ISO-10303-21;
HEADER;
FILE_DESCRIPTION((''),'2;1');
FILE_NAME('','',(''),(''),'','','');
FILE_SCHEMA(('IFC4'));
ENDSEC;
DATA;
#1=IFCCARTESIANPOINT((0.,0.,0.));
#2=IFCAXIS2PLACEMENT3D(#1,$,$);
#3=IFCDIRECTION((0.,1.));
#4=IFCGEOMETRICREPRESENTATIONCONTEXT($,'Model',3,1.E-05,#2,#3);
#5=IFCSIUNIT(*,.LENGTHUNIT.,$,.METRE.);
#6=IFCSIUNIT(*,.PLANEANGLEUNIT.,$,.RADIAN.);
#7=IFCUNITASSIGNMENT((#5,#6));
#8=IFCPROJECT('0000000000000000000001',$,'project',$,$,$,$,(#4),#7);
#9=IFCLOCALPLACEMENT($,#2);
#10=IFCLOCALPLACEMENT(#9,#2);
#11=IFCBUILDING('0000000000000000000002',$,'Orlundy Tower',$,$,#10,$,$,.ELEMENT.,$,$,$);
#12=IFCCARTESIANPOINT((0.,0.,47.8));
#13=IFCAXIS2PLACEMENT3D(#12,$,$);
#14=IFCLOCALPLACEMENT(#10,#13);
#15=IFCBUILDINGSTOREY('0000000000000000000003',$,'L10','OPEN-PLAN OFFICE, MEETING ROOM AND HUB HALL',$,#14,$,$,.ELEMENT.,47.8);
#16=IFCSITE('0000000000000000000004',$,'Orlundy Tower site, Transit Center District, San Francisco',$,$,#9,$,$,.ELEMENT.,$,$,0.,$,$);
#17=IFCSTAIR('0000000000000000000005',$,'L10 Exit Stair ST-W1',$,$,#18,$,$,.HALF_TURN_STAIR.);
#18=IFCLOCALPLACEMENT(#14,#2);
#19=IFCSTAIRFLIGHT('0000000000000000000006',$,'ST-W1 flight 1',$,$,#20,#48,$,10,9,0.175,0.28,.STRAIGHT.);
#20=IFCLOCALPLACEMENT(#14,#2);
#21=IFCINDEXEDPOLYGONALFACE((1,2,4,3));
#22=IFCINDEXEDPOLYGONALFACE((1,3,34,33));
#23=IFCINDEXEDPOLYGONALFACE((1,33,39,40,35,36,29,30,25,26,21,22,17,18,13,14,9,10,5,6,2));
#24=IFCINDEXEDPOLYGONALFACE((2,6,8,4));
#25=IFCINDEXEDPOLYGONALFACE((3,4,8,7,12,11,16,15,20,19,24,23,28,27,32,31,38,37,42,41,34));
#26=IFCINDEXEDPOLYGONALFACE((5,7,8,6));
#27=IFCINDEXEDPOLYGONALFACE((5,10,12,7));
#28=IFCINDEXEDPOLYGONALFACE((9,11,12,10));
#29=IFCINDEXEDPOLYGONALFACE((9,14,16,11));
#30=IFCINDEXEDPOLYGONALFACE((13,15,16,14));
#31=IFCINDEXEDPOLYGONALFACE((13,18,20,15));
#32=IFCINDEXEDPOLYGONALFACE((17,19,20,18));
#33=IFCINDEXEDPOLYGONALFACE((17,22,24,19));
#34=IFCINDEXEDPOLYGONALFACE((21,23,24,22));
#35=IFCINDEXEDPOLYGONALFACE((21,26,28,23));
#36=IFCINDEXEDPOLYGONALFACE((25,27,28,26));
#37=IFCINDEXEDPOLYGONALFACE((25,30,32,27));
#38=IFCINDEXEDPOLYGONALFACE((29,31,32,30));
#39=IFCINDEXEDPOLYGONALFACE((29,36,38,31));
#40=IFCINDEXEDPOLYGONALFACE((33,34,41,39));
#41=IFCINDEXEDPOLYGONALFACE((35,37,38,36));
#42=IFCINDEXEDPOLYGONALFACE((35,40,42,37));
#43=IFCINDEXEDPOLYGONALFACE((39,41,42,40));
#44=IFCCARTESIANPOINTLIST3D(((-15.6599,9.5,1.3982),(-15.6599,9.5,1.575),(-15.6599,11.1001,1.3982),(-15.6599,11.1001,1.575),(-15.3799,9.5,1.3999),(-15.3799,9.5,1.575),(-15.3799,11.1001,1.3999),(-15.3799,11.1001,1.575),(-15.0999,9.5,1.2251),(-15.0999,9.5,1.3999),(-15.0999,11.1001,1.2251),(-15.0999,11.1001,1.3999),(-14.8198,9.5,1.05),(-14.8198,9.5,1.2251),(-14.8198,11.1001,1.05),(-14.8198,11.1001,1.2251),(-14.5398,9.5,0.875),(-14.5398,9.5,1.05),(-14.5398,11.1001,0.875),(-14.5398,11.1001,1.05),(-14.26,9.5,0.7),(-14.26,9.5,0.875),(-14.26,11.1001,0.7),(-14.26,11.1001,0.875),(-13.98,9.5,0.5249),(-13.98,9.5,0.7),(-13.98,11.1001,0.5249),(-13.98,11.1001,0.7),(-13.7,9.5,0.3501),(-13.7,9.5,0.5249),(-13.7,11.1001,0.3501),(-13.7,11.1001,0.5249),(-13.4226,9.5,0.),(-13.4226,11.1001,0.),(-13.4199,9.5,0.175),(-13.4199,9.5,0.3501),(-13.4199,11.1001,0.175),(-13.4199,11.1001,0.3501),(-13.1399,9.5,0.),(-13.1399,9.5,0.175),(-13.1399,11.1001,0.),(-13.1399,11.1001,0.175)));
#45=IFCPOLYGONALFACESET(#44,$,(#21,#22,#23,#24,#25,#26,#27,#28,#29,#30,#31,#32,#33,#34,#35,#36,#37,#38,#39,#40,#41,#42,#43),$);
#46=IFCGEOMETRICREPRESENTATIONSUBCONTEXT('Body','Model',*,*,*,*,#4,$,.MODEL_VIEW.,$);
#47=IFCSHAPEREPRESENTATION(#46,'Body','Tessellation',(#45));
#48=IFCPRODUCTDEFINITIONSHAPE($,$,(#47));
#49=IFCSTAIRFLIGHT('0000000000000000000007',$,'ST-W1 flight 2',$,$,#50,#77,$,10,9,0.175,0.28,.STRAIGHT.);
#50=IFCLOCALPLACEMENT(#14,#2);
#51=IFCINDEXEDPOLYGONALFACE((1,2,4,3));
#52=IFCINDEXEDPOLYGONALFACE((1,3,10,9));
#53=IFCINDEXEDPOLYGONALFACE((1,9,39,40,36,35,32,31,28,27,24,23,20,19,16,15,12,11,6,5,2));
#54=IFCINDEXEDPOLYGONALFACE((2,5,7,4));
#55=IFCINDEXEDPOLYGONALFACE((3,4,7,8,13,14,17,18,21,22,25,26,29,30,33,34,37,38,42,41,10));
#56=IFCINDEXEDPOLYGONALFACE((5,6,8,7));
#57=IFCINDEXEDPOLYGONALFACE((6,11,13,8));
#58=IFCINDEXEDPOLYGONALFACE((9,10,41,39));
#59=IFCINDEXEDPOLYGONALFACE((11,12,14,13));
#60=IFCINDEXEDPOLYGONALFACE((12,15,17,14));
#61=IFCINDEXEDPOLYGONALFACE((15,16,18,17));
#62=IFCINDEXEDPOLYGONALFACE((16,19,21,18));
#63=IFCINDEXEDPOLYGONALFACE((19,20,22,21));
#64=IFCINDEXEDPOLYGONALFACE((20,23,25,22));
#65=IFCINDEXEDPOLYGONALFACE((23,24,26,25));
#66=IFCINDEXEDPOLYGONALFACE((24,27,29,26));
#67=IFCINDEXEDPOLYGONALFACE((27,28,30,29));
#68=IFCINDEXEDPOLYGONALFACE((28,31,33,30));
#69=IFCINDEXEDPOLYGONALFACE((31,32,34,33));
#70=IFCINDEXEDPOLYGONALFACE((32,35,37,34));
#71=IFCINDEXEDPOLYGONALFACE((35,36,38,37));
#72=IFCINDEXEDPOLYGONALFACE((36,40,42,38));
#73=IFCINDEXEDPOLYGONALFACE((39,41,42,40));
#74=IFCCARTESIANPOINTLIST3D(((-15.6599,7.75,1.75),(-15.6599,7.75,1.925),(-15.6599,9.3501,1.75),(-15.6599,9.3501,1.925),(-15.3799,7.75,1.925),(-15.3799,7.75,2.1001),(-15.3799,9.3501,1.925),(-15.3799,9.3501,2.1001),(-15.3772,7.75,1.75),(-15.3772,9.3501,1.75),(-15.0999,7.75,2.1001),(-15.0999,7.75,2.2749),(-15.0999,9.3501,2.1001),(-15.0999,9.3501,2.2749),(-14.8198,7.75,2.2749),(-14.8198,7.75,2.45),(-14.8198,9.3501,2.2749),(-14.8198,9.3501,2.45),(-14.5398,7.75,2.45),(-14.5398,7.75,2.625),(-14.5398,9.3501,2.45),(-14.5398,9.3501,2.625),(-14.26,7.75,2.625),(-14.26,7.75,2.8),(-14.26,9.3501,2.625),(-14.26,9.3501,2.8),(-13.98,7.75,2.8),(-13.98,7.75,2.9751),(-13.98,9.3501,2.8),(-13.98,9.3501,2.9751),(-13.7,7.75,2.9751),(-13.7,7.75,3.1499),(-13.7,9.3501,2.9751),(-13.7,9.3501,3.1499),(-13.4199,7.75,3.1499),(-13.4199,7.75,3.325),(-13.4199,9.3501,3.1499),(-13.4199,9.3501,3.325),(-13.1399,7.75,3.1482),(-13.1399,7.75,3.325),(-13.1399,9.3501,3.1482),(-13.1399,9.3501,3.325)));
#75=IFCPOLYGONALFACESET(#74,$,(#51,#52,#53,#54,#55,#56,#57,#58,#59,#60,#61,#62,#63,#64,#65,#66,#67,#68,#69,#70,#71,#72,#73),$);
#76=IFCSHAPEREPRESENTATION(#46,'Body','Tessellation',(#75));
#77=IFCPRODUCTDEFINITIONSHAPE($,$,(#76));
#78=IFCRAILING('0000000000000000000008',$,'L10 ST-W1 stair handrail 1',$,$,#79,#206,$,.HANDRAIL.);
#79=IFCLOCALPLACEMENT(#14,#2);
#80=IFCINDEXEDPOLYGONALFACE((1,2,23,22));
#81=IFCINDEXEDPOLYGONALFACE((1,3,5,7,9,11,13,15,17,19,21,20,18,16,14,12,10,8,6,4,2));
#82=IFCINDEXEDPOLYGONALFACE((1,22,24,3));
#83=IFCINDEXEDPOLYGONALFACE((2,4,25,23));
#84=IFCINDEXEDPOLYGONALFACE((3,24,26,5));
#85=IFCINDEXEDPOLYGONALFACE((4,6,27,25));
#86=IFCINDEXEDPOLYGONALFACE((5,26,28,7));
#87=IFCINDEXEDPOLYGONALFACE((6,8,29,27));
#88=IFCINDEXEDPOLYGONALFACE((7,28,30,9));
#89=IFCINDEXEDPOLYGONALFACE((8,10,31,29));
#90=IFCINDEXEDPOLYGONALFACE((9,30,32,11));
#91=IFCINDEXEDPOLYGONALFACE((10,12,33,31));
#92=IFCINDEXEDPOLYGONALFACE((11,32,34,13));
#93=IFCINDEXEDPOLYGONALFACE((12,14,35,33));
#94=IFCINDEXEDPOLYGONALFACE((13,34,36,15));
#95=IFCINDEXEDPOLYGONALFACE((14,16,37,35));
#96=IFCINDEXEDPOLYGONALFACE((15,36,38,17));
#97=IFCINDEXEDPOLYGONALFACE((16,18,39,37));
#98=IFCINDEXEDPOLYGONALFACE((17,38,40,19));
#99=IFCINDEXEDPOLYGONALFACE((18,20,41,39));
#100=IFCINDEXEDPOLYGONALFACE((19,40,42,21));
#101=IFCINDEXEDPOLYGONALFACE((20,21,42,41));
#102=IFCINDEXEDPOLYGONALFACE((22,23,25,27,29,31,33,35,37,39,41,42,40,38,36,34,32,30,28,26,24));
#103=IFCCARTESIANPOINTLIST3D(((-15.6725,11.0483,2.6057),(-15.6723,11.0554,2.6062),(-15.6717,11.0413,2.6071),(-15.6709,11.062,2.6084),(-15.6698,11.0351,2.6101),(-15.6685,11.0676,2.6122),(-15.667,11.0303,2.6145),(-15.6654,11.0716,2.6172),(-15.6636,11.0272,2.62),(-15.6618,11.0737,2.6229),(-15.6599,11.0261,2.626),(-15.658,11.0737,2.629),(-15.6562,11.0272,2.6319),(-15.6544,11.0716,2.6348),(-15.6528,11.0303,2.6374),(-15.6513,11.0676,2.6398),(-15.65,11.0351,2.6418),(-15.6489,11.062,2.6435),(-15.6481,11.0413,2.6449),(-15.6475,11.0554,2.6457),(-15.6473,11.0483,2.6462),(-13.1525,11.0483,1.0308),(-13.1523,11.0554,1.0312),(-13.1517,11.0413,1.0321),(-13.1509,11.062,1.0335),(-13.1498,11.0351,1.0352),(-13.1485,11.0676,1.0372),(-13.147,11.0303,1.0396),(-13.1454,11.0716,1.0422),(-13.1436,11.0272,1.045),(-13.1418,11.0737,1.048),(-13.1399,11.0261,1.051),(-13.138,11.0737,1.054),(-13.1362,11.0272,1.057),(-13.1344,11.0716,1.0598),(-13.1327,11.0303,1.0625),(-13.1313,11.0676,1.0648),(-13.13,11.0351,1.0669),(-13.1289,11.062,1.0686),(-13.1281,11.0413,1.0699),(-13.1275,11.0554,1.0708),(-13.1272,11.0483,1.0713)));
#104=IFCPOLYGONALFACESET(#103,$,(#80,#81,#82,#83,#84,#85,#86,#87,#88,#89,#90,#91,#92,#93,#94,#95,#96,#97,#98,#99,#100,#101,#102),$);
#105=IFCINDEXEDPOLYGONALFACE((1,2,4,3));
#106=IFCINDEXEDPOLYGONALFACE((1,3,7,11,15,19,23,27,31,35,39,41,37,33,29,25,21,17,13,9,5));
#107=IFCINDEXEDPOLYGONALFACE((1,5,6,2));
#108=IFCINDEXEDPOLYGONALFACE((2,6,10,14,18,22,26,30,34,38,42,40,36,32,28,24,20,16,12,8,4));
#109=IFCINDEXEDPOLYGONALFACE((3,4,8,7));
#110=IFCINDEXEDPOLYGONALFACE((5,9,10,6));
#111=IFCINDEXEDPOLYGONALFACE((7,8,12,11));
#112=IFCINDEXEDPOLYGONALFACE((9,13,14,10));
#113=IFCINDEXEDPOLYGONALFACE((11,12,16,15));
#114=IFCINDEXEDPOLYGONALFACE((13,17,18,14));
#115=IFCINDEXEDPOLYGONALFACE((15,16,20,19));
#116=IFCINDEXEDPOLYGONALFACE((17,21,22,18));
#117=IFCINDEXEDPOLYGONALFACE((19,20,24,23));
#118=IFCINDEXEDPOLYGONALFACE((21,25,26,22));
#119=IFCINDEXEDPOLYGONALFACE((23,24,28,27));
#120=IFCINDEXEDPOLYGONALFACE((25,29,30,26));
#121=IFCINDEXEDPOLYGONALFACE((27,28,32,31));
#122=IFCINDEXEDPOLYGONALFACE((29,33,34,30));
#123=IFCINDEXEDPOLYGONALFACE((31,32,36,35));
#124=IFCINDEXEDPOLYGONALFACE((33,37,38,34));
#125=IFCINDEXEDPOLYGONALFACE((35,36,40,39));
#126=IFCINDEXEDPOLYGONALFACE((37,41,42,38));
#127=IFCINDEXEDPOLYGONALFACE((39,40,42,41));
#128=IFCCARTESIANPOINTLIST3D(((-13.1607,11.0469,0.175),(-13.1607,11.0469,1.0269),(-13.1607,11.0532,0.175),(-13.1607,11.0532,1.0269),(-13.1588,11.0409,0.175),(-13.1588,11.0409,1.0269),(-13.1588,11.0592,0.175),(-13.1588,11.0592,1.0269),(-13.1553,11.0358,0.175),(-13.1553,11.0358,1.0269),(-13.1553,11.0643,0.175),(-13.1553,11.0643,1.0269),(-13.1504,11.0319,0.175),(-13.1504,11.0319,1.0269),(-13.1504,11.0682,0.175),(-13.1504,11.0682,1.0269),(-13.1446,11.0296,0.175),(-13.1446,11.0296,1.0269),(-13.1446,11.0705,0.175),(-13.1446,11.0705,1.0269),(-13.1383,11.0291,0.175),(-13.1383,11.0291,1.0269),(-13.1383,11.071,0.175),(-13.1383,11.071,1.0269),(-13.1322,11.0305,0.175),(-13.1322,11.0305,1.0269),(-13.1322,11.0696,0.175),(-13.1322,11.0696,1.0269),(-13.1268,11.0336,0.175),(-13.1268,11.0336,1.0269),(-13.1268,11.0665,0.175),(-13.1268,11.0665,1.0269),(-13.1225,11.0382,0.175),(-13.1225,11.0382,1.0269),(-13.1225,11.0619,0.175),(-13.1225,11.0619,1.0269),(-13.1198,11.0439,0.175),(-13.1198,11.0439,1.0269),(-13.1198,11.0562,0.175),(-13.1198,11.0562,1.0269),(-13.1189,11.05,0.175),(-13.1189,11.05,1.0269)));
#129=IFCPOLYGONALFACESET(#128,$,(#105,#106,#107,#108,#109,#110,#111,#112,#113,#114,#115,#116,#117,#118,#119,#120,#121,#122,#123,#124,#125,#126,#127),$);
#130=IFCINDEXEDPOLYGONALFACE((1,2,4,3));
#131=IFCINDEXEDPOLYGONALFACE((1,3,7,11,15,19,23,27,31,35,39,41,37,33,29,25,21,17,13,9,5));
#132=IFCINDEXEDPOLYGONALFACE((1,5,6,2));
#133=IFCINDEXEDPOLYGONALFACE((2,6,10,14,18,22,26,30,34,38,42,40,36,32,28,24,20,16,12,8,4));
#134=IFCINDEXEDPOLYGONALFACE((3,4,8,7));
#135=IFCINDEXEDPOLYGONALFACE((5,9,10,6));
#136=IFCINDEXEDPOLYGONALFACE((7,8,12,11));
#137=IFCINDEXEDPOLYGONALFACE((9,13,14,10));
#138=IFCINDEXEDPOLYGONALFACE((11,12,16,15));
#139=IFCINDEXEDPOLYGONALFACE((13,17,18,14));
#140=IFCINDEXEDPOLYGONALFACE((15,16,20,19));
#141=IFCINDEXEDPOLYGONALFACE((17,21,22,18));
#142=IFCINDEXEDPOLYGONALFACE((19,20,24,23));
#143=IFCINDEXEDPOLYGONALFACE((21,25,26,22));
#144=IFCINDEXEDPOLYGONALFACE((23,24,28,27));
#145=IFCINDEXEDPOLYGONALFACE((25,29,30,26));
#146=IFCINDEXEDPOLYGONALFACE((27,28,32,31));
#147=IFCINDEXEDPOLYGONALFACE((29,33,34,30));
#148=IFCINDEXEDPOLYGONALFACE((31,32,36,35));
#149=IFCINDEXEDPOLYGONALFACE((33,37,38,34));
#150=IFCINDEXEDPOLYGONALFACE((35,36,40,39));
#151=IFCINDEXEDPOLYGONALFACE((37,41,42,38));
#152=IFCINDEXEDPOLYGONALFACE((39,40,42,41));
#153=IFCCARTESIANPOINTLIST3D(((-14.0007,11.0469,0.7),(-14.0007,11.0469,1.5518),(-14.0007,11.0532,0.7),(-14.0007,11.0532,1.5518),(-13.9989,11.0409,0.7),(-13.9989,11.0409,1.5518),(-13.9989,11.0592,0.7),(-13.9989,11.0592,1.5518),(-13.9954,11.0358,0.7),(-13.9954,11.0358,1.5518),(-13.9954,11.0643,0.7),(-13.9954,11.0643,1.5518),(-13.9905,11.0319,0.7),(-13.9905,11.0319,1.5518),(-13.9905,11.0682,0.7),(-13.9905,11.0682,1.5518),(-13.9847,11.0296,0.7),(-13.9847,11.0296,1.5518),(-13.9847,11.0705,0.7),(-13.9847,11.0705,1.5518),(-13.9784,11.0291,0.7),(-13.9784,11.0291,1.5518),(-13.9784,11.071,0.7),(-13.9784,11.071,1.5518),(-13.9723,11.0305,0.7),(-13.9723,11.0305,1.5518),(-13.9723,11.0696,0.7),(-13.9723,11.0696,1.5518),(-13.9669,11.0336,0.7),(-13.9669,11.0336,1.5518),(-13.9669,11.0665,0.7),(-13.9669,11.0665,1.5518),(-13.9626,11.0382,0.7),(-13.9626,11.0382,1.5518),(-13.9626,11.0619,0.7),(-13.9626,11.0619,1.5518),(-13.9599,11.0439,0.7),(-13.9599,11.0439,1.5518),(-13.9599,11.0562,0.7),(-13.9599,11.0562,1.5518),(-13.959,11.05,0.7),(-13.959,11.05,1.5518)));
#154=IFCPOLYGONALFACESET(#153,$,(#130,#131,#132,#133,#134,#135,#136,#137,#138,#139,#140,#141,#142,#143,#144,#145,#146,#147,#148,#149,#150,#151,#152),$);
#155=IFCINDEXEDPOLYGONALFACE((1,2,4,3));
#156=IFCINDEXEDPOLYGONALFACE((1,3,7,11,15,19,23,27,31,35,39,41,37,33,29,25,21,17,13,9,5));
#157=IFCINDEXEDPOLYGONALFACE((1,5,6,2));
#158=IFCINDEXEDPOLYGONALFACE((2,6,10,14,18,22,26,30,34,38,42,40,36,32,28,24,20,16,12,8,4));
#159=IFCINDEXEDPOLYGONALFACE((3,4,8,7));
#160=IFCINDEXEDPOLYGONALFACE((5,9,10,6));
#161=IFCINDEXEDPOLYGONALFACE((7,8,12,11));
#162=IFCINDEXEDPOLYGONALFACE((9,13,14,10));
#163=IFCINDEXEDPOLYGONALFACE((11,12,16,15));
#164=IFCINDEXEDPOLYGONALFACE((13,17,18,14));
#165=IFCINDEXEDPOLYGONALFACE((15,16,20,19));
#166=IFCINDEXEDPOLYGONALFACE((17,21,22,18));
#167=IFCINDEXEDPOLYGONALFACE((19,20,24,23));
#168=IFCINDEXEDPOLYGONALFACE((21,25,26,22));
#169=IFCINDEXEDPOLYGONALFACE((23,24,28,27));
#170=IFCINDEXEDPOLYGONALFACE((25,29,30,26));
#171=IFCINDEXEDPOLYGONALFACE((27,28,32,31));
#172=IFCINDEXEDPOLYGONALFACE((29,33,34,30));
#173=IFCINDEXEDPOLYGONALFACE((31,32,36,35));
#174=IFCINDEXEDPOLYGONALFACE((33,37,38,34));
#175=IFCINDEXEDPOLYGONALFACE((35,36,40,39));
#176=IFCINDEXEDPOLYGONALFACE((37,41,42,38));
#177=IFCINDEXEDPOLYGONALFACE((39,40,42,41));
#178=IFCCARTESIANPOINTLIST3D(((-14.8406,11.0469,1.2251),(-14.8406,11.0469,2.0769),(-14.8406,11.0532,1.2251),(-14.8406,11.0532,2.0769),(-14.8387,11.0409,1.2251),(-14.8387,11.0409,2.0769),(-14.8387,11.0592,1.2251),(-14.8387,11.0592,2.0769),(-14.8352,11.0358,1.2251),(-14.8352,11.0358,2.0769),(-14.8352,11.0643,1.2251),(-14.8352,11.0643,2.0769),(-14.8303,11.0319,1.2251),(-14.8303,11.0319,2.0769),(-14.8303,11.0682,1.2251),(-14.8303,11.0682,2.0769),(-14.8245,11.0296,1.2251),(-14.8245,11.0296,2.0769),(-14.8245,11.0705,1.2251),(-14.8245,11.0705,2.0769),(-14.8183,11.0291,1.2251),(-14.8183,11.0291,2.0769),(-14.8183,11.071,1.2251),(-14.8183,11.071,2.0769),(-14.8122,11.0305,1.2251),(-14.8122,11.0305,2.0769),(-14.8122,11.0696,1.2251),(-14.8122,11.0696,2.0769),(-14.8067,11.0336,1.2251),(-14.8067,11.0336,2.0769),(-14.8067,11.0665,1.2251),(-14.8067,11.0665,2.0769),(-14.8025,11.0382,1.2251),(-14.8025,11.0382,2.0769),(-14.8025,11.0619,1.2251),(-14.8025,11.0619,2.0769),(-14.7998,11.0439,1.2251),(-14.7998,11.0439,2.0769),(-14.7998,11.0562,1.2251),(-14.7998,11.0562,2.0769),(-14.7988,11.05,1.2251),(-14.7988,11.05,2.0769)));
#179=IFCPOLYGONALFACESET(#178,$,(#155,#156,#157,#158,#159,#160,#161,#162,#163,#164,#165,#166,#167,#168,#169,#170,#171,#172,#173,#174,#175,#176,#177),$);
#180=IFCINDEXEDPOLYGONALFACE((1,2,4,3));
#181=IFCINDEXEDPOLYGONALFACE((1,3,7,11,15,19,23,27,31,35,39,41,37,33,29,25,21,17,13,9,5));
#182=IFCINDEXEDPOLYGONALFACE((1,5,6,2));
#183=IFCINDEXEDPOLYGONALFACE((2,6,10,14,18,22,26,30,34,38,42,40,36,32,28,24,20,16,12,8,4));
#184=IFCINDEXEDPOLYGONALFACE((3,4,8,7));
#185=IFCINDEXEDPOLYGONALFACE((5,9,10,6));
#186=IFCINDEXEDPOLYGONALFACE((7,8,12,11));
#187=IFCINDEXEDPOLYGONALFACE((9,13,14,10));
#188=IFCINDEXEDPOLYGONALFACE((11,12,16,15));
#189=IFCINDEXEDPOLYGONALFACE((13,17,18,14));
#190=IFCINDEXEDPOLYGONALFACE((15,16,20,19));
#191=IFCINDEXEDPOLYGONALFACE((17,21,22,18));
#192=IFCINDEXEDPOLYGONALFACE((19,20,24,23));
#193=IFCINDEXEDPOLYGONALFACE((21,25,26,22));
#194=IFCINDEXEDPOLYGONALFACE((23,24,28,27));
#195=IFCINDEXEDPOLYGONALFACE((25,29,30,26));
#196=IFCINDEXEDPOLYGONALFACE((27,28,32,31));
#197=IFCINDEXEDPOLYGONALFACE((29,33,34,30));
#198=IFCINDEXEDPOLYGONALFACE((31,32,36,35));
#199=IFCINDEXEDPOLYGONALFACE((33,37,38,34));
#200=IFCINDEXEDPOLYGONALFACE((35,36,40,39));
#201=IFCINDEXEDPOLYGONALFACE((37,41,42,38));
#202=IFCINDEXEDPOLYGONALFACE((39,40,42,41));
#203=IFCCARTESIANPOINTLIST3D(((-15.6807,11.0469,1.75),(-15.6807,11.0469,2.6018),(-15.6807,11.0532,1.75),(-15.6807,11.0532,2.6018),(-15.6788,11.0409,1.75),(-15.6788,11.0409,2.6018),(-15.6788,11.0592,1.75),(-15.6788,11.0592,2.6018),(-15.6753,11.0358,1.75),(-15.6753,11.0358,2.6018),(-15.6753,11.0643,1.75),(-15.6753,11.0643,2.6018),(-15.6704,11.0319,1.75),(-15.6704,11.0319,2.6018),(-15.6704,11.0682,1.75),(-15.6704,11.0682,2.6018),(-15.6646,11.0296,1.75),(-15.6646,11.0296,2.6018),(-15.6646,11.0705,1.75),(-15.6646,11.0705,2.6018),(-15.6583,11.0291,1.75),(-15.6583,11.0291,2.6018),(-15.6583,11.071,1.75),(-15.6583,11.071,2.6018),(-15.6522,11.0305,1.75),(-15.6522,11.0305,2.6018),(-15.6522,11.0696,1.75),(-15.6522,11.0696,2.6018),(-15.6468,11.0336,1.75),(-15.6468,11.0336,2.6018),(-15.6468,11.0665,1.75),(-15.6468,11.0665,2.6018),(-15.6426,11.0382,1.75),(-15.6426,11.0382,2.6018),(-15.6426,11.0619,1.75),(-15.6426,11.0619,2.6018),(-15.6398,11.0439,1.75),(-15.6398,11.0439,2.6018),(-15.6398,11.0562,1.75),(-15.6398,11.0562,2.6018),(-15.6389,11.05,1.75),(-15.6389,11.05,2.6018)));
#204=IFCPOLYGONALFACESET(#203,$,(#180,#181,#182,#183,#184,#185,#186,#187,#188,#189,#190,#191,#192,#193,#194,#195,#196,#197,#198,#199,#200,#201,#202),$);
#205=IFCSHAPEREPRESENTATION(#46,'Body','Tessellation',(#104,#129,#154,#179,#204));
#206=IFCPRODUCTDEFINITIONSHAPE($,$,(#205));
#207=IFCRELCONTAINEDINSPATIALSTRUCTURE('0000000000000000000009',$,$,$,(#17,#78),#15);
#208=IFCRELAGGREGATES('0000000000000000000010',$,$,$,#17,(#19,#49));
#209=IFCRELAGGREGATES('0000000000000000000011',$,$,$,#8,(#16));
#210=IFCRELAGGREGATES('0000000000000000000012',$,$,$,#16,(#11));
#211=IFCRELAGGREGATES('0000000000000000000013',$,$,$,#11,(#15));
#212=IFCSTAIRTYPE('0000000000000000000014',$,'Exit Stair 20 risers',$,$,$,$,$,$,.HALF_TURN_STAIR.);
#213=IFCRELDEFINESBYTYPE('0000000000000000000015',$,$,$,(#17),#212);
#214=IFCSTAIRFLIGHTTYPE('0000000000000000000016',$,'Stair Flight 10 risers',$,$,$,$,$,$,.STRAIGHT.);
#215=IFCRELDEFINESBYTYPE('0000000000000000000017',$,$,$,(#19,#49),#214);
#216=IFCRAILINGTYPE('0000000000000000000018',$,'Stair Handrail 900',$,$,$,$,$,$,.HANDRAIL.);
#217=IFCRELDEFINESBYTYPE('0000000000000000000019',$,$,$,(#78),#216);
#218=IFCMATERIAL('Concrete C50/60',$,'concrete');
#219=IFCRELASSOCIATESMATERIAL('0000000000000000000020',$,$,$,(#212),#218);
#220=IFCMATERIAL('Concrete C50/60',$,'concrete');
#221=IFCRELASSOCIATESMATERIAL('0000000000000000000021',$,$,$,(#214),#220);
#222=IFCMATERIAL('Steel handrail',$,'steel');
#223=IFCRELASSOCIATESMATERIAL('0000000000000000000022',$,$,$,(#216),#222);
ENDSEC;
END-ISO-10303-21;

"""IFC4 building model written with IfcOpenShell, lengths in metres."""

from ifc_helpers import new_model, si_unit, direction, frame, origin, origin_2d, place, context, subcontext, project, spatial, polyline, circle, outline, extrude, material, type_object, element, aggregate, save


model = new_model("IFC4")

# Units and contexts
model_context = context("Model", 3, precision=1e-05, world=origin(), true_north=direction((0.0, 1.0)))
body_context = subcontext(model_context, "Body", "Model", "MODEL_VIEW")
ifc_project = project(units=[si_unit("LENGTHUNIT", "METRE"), si_unit("PLANEANGLEUNIT", "RADIAN")], contexts=[model_context])

# Site, building, storey
site_placement = place(None, origin())
site = spatial("IfcSite", under=ifc_project, at=site_placement, Name="Orlundy Tower site, Transit Center District, San Francisco", CompositionType="ELEMENT", RefElevation=0.0)
building_placement = place(site_placement, origin())
building = spatial("IfcBuilding", under=site, at=building_placement, Name="Orlundy Tower", CompositionType="ELEMENT")
storey_placement = place(building_placement, frame((0.0, 0.0, 47.8)))
storey = spatial("IfcBuildingStorey", under=building, at=storey_placement, Name="L10", Description="OPEN-PLAN OFFICE, MEETING ROOM AND HUB HALL", CompositionType="ELEMENT", Elevation=47.8)

# Stair, stair flights
ifc_material_1 = material(Name="Concrete C50/60", Category="concrete")
stair_type = type_object("IfcStairType", Name="Exit Stair 20 risers", PredefinedType="HALF_TURN_STAIR", material=ifc_material_1)
stair_placement = place(storey_placement, origin())
stair = element("IfcStair", 1, at=stair_placement, inside=storey, type_object=stair_type, Name="L10 Exit Stair ST-W1", PredefinedType="HALF_TURN_STAIR")
ifc_material_2 = material(Name="Concrete C50/60", Category="concrete")
stair_flight_type = type_object("IfcStairFlightType", Name="Stair Flight 10 risers", PredefinedType="STRAIGHT", material=ifc_material_2)
stair_flight_1_placement = place(storey_placement, frame((-13.1399, 10.3, 0.0), z_axis=(0.0, 0.0, 1.0), x_axis=(-1.0, 0.0, 0.0)))
stair_flight_1 = element("IfcStairFlight", 2, at=stair_flight_1_placement, type_object=stair_flight_type, Name="ST-W1 flight 1", NumberOfRisers=10, NumberOfTreads=9, PredefinedType="STRAIGHT", RiserHeight=0.175, TreadLength=0.28, context=body_context, shape_type="SweptSolid", body=[
    extrude(outline(polyline([(0.0, 0.0), (0.0, 0.175), (0.28, 0.175), (0.28, 0.3501), (0.5601, 0.3501), (0.5601, 0.5249), (0.8401, 0.5249), (0.8401, 0.7), (1.1201, 0.7), (1.1201, 0.875), (1.3999, 0.875), (1.3999, 1.05), (1.6799, 1.05), (1.6799, 1.2251), (1.96, 1.2251), (1.96, 1.3999), (2.24, 1.3999), (2.24, 1.575), (2.52, 1.575), (2.52, 1.75), (2.52, 1.3982), (0.2827, 0.0), (0.0, 0.0)])), frame((0.0, 0.8, 0.0), z_axis=(0.0, -1.0, 0.0), x_axis=(1.0, 0.0, 0.0)), (0.0, 0.0, 1.0), 1.6001),
])
stair_flight_2_placement = place(storey_placement, frame((-15.6599, 8.55, 1.75), z_axis=(0.0, 0.0, 1.0), x_axis=(1.0, 0.0, 0.0)))
stair_flight_2 = element("IfcStairFlight", 3, at=stair_flight_2_placement, type_object=stair_flight_type, Name="ST-W1 flight 2", NumberOfRisers=10, NumberOfTreads=9, PredefinedType="STRAIGHT", RiserHeight=0.175, TreadLength=0.28, context=body_context, shape_type="SweptSolid", body=[
    extrude(outline(polyline([(0.0, 0.0), (0.0, 0.175), (0.28, 0.175), (0.28, 0.3501), (0.5601, 0.3501), (0.5601, 0.5249), (0.8401, 0.5249), (0.8401, 0.7), (1.1201, 0.7), (1.1201, 0.875), (1.3999, 0.875), (1.3999, 1.05), (1.6799, 1.05), (1.6799, 1.2251), (1.96, 1.2251), (1.96, 1.3999), (2.24, 1.3999), (2.24, 1.575), (2.52, 1.575), (2.52, 1.75), (2.52, 1.3982), (0.2827, 0.0), (0.0, 0.0)])), frame((0.0, 0.8, 0.0), z_axis=(0.0, -1.0, 0.0), x_axis=(1.0, 0.0, 0.0)), (0.0, 0.0, 1.0), 1.6001),
])
aggregate(stair, [stair_flight_1, stair_flight_2])

# Railing
ifc_material_3 = material(Name="Steel handrail", Category="steel")
railing_type_1 = type_object("IfcRailingType", Name="Stair Handrail 900", PredefinedType="HANDRAIL", material=ifc_material_3)
railing_1_placement = place(storey_placement, frame((-13.1399, 11.05, 0.175)))
element("IfcRailing", 4, at=railing_1_placement, inside=storey, type_object=railing_type_1, Name="L10 ST-W1 stair handrail 1", PredefinedType="HANDRAIL", context=body_context, shape_type="SweptSolid", body=[
    extrude(circle(Radius=0.0239, at=origin_2d()), frame((0.0, 0.0, 0.876), z_axis=(-0.848008, 0.0, 0.529984), x_axis=(0.0, -1.0, 0.0)), (0.0, 0.0, 1.0), 2.9717),
    extrude(circle(Radius=0.021, at=origin_2d()), origin(), (0.0, 0.0, 1.0), 0.8518),
    extrude(circle(Radius=0.021, at=origin_2d()), frame((-0.8401, 0.0, 0.5249)), (0.0, 0.0, 1.0), 0.8518),
    extrude(circle(Radius=0.021, at=origin_2d()), frame((-1.6799, 0.0, 1.05)), (0.0, 0.0, 1.0), 0.8518),
    extrude(circle(Radius=0.021, at=origin_2d()), frame((-2.52, 0.0, 1.575)), (0.0, 0.0, 1.0), 0.8518),
])

save(model, "model.ifc")
